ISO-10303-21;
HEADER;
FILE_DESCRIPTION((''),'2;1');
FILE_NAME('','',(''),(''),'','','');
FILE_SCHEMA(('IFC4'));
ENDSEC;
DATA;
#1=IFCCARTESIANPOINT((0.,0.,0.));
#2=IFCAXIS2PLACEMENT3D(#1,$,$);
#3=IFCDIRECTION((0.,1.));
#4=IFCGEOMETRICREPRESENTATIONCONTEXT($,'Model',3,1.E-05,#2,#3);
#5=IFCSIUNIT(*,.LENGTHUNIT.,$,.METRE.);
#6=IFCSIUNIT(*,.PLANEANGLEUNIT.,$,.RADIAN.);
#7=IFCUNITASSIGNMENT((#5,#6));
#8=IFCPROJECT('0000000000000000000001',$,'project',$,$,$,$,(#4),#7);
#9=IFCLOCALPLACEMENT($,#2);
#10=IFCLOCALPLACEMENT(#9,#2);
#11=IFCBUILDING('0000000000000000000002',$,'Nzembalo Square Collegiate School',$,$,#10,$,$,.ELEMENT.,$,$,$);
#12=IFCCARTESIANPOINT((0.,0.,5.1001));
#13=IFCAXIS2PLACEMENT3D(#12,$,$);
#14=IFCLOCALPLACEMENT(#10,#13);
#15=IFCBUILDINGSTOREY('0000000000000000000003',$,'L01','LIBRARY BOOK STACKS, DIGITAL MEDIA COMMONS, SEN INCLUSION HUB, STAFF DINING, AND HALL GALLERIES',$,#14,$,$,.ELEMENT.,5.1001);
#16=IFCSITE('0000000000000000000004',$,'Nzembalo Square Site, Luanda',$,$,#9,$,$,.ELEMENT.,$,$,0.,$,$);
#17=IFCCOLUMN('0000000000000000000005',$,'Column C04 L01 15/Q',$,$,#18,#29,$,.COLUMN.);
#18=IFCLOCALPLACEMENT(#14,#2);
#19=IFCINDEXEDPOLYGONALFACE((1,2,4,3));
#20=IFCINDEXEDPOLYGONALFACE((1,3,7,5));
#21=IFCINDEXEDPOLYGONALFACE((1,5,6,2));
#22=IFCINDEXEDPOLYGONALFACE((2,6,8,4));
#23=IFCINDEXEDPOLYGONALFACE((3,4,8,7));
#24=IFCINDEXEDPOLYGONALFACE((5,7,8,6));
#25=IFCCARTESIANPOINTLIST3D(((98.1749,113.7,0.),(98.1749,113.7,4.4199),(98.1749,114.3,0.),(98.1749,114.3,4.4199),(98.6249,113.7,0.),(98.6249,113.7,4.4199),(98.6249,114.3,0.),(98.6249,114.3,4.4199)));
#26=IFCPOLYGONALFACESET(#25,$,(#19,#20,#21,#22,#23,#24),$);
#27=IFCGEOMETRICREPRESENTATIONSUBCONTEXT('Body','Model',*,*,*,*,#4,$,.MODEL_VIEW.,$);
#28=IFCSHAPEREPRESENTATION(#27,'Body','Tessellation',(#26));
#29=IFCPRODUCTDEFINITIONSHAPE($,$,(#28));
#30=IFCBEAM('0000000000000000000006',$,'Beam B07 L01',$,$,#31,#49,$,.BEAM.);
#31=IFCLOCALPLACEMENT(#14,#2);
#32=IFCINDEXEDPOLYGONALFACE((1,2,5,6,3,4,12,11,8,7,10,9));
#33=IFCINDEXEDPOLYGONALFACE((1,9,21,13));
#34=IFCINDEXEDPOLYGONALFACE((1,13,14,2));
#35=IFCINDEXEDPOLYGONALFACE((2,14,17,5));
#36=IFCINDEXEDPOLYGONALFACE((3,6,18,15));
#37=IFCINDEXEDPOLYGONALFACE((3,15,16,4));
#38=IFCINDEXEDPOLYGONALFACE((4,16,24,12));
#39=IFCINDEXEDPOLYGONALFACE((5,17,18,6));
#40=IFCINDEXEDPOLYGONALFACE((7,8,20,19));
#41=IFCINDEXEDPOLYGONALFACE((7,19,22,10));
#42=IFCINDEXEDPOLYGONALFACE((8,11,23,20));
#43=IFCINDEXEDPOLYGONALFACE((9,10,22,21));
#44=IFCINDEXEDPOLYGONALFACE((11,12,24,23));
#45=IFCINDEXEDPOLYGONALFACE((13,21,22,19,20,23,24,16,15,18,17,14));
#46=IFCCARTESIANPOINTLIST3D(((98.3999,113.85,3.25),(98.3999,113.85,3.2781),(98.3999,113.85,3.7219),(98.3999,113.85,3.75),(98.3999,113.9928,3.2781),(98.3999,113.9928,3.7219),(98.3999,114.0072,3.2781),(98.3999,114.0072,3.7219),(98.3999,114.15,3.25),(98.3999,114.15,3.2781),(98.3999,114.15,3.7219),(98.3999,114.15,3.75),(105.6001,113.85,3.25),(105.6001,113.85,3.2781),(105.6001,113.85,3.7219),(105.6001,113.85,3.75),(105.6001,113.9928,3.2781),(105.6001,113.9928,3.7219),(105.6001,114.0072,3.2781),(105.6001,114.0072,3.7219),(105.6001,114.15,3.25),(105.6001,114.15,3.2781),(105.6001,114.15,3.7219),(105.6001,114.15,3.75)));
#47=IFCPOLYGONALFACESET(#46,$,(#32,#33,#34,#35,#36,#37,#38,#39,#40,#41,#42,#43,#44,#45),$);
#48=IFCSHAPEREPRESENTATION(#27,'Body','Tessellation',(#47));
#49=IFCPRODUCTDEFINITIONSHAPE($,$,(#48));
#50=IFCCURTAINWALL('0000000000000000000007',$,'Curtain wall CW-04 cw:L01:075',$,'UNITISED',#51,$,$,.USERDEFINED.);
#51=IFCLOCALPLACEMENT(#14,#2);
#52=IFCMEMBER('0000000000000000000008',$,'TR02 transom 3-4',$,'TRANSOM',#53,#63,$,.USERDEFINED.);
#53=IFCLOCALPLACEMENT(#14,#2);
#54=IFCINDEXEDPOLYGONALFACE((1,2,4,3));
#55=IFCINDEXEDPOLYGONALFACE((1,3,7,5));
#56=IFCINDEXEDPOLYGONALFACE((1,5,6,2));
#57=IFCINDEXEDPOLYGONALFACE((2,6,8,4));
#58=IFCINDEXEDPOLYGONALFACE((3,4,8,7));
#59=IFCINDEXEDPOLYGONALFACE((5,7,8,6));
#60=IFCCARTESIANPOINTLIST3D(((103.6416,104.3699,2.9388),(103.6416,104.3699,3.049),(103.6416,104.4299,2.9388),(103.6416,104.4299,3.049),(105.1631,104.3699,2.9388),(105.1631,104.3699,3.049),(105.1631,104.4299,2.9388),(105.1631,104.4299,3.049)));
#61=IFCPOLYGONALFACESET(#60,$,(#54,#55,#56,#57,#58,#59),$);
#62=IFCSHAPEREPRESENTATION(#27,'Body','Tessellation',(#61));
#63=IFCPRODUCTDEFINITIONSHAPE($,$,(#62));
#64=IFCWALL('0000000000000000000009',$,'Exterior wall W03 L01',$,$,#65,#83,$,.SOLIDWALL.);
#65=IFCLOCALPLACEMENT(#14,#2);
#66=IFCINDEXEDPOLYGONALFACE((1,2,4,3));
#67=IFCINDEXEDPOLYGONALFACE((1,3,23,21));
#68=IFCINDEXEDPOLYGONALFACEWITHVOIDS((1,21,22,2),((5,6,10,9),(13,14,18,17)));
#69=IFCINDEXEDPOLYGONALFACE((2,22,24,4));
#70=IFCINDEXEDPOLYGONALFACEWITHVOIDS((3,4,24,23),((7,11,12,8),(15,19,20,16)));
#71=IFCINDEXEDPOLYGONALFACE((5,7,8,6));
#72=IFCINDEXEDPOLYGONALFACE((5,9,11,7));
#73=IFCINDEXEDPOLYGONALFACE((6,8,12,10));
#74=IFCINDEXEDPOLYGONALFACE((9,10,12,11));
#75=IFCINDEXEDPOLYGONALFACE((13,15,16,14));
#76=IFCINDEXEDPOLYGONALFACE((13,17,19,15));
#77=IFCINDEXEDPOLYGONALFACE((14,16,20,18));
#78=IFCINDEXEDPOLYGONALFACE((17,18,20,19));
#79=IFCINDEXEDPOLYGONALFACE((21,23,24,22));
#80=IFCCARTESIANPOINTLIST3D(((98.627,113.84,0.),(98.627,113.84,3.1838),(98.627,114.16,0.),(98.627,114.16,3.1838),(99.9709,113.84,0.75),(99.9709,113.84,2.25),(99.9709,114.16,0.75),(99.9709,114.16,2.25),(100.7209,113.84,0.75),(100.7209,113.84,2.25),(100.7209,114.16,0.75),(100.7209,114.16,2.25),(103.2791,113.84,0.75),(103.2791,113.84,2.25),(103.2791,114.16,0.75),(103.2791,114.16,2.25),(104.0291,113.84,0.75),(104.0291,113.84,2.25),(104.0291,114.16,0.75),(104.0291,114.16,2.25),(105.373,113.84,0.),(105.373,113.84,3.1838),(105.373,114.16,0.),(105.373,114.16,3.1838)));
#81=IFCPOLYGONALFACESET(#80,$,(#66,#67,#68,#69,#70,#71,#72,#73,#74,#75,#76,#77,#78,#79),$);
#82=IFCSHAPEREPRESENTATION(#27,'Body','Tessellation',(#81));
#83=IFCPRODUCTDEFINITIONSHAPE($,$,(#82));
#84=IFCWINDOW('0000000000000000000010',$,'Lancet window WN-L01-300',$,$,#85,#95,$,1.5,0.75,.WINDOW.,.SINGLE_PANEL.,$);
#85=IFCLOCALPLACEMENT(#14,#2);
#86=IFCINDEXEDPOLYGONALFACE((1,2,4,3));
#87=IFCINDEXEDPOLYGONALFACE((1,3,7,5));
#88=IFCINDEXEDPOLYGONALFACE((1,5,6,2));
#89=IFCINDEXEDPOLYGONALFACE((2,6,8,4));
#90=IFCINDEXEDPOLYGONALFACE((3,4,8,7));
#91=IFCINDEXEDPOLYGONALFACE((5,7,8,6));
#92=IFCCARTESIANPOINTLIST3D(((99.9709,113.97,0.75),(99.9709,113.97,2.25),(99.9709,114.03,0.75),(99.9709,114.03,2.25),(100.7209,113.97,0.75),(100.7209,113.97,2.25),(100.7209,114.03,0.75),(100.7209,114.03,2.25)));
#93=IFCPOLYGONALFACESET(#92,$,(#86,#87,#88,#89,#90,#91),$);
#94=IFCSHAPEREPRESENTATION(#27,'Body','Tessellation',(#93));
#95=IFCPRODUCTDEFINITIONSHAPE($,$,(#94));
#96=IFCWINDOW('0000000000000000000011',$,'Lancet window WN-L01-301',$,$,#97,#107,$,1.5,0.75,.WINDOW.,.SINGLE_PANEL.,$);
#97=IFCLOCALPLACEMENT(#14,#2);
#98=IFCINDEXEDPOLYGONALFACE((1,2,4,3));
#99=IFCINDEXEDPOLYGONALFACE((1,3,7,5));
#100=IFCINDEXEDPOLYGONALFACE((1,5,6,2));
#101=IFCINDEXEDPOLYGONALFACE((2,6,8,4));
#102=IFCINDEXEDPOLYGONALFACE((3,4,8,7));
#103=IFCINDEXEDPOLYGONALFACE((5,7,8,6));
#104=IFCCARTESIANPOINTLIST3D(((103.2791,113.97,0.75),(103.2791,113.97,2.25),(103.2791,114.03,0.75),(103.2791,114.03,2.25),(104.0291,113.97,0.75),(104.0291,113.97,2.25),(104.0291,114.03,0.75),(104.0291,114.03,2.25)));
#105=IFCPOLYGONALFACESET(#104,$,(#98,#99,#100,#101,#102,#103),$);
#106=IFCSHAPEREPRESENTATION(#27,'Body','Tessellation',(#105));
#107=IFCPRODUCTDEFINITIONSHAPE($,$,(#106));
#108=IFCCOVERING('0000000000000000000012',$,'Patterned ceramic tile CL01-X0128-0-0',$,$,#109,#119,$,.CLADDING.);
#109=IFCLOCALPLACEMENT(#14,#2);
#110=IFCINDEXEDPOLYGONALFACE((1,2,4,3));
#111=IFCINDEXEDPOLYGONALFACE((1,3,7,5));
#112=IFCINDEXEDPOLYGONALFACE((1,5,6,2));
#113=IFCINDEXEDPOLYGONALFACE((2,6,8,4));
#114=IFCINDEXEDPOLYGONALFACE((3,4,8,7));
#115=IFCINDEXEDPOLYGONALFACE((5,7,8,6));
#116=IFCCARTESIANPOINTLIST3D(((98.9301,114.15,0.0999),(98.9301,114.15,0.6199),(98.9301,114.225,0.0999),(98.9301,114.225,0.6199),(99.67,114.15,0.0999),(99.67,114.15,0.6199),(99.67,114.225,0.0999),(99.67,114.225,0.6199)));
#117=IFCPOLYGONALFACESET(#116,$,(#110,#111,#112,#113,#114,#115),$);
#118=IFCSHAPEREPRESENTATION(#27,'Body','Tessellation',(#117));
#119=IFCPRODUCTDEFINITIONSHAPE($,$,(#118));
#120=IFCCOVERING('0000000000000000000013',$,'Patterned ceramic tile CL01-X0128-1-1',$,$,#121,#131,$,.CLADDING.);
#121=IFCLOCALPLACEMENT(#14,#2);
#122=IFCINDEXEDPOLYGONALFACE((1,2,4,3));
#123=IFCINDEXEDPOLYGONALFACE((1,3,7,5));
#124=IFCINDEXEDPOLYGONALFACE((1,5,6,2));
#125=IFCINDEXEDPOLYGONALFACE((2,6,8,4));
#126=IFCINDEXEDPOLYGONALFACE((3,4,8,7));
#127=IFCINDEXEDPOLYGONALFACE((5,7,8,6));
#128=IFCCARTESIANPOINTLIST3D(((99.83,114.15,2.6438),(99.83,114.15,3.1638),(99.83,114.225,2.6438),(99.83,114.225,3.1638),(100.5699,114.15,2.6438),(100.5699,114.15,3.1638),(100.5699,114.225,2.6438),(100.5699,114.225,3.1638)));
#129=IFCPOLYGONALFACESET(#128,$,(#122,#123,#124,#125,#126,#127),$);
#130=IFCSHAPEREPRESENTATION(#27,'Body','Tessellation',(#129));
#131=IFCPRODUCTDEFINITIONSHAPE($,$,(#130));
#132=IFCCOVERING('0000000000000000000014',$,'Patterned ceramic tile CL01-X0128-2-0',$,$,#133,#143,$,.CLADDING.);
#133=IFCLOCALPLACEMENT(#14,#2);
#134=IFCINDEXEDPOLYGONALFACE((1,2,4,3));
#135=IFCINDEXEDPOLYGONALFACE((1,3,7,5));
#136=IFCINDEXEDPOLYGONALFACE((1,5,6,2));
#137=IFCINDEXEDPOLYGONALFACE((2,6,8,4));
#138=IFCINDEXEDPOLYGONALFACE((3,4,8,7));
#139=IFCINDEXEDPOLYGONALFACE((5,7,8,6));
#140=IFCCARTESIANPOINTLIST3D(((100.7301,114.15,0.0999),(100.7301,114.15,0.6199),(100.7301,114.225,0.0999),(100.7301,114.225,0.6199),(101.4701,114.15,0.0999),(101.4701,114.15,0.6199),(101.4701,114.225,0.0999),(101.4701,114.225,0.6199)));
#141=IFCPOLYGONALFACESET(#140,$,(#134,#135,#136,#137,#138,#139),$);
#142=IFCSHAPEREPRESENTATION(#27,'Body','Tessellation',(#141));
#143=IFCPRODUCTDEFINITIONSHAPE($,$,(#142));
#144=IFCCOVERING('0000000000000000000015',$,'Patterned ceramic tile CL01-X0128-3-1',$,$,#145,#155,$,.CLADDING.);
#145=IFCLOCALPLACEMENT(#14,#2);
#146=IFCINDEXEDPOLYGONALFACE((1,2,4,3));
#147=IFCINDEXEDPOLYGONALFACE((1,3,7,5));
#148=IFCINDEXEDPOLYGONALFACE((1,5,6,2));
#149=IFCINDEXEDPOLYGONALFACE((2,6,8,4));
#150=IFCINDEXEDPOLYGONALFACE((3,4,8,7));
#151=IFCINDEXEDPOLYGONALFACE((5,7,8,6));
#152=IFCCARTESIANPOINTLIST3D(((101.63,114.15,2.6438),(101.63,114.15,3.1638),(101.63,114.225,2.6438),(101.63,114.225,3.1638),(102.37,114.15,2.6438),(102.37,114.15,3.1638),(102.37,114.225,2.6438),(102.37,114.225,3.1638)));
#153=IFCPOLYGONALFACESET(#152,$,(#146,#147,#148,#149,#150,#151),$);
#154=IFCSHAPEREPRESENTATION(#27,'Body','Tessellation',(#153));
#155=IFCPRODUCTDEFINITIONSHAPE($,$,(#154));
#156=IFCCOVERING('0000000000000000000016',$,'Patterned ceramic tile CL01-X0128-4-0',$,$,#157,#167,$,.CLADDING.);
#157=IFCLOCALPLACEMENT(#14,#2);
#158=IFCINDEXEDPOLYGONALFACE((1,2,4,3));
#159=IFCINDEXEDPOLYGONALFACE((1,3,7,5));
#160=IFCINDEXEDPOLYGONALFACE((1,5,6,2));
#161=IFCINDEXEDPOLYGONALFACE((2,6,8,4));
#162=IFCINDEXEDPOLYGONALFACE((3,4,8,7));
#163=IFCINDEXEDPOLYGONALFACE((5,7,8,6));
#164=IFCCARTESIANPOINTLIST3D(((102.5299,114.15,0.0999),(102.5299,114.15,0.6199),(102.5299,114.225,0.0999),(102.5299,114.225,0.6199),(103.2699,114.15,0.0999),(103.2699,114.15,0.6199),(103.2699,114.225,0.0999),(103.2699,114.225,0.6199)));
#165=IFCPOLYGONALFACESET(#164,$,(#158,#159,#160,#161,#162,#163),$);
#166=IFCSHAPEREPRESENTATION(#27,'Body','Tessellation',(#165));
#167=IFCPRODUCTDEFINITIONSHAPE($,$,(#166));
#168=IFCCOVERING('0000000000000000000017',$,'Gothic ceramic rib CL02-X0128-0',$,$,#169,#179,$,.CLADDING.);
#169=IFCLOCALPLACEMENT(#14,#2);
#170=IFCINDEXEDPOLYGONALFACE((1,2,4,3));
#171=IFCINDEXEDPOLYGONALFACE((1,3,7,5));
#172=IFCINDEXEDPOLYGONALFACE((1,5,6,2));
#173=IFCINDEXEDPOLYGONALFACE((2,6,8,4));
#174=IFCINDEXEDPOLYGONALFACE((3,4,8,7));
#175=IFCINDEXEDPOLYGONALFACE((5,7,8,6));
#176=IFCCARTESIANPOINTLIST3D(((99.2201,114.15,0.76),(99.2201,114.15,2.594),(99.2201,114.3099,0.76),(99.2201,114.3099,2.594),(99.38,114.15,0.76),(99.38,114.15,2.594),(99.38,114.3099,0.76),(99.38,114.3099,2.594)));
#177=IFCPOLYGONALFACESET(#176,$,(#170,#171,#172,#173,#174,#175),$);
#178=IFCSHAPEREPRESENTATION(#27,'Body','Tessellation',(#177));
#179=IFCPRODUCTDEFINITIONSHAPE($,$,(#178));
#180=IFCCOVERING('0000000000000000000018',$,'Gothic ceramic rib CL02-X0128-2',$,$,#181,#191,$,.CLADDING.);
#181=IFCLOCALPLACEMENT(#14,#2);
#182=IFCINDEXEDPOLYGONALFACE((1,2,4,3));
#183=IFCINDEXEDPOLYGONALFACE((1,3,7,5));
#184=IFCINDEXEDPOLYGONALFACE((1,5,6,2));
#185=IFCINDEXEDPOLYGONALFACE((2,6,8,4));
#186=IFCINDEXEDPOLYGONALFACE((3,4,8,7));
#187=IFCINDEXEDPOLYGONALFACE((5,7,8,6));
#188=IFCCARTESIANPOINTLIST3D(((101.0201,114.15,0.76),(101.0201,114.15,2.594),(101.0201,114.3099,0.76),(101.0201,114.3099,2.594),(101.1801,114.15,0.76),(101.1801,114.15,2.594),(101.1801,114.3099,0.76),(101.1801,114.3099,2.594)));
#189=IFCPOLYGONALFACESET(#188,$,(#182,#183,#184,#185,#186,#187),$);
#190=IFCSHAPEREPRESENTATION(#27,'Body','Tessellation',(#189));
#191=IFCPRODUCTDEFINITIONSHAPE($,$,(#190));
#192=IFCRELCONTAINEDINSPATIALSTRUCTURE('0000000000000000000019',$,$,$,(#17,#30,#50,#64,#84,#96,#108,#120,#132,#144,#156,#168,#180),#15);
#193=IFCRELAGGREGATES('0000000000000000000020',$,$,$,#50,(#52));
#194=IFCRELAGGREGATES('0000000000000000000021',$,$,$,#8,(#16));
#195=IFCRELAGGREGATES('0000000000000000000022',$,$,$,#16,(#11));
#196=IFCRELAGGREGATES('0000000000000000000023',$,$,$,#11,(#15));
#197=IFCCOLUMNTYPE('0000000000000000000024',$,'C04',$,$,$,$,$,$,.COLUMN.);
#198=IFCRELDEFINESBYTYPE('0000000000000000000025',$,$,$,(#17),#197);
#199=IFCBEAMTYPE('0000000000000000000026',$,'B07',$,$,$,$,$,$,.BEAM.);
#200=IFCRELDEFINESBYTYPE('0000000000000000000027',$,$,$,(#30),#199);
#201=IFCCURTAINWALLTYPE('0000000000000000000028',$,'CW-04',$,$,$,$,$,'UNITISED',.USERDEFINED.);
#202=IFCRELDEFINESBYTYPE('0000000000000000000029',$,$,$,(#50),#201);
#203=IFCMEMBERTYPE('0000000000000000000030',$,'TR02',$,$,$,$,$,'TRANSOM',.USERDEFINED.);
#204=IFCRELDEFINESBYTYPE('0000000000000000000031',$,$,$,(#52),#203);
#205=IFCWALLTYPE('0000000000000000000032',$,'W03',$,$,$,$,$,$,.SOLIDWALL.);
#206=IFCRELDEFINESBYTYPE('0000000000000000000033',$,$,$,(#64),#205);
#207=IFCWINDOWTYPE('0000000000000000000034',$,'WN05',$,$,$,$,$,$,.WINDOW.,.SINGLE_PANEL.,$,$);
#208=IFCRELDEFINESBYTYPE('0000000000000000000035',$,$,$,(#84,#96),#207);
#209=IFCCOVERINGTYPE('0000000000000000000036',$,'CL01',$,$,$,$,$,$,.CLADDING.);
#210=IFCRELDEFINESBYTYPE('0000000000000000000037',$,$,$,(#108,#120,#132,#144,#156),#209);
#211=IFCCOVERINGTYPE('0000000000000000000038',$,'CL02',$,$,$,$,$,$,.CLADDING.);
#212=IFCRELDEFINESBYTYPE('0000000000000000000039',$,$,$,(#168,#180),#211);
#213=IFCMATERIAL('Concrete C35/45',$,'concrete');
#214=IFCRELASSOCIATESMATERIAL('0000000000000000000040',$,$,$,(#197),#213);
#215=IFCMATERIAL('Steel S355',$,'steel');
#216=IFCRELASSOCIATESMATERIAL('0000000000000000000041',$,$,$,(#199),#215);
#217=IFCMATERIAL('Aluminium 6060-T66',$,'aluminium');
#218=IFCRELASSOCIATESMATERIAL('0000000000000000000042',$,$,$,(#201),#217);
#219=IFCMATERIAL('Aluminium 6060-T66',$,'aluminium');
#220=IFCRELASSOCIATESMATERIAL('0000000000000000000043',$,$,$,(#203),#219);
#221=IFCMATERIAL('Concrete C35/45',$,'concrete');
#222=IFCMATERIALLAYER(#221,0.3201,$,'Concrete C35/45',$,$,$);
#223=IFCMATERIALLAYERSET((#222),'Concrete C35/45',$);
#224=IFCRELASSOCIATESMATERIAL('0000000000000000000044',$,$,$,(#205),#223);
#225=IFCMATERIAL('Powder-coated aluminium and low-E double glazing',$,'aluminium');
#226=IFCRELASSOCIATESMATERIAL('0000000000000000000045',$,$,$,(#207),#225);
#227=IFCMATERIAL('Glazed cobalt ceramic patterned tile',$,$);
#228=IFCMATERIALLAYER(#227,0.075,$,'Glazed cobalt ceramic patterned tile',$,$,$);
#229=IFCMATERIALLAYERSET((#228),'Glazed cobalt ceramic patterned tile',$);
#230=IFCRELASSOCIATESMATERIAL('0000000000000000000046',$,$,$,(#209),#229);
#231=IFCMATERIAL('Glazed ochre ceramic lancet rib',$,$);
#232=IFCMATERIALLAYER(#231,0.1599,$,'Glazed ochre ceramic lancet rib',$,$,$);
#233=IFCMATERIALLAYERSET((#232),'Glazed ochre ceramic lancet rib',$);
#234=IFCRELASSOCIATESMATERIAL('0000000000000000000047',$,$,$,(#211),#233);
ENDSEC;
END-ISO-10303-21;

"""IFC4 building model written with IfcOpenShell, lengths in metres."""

from ifc_helpers import new_model, si_unit, direction, frame, frame_2d, origin, origin_2d, place, context, subcontext, project, spatial, rectangle, i_section, extrude, material, layer, layer_set, material_profile, profile_set, type_object, element, fill, aggregate, save


model = new_model("IFC4")

# Units and contexts
model_context = context("Model", 3, precision=1e-05, world=origin(), true_north=direction((0.0, 1.0)))
body_context = subcontext(model_context, "Body", "Model", "MODEL_VIEW")
ifc_project = project(units=[si_unit("LENGTHUNIT", "METRE"), si_unit("PLANEANGLEUNIT", "RADIAN")], contexts=[model_context])

# Site, building, storey
site_placement = place(None, origin())
site = spatial("IfcSite", under=ifc_project, at=site_placement, Name="Nzembalo Square Site, Luanda", CompositionType="ELEMENT", RefElevation=0.0)
building_placement = place(site_placement, origin())
building = spatial("IfcBuilding", under=site, at=building_placement, Name="Nzembalo Square Collegiate School", CompositionType="ELEMENT")
storey_placement = place(building_placement, frame((0.0, 0.0, 5.1001)))
storey = spatial("IfcBuildingStorey", under=building, at=storey_placement, Name="L01", Description="LIBRARY BOOK STACKS, DIGITAL MEDIA COMMONS, SEN INCLUSION HUB, STAFF DINING, AND HALL GALLERIES", CompositionType="ELEMENT", Elevation=5.1001)

# Column
ifc_material_1 = material(Name="Concrete C35/45", Category="concrete")
ifc_material_profile_1 = material_profile(ifc_material_1, rectangle(XDim=0.45, YDim=0.6001, at=origin_2d()), Name="RC 450x600")
ifc_profile_set_1 = profile_set([ifc_material_profile_1], Name="Concrete C35/45")
column_type = type_object("IfcColumnType", Name="C04", PredefinedType="COLUMN", material=ifc_profile_set_1)
column_placement = place(storey_placement, frame((98.3999, 114.0, 0.0), z_axis=(0.0, 0.0, 1.0), x_axis=(1.0, 0.0, 0.0)))
element("IfcColumn", 1, at=column_placement, inside=storey, type_object=column_type, Name="Column C04 L01 15/Q", PredefinedType="COLUMN", context=body_context, shape_type="SweptSolid", body=[
    extrude(rectangle(XDim=0.45, YDim=0.6001, at=origin_2d()), origin(), (0.0, 0.0, 1.0), 4.4199),
])

# Beam
ifc_material_2 = material(Name="Steel S355", Category="steel")
ifc_material_profile_2 = material_profile(ifc_material_2, i_section(OverallWidth=0.3, OverallDepth=0.5, WebThickness=0.0144, FlangeThickness=0.0281, at=origin_2d()), Name="HEB 500")
ifc_profile_set_2 = profile_set([ifc_material_profile_2], Name="Steel S355")
beam_type = type_object("IfcBeamType", Name="B07", PredefinedType="BEAM", material=ifc_profile_set_2)
beam_placement = place(storey_placement, frame((98.3999, 114.0, 3.5), z_axis=(1.0, 0.0, 0.0), x_axis=(0.0, 1.0, 0.0)))
element("IfcBeam", 2, at=beam_placement, inside=storey, type_object=beam_type, Name="Beam B07 L01", PredefinedType="BEAM", context=body_context, shape_type="SweptSolid", body=[
    extrude(i_section(OverallWidth=0.3, OverallDepth=0.5, WebThickness=0.0144, FlangeThickness=0.0281, at=origin_2d()), origin(), (0.0, 0.0, 1.0), 7.2002),
])

# Curtain wall, member
ifc_material_3 = material(Name="Aluminium 6060-T66", Category="aluminium")
curtain_wall_type = type_object("IfcCurtainWallType", Name="CW-04", ElementType="UNITISED", PredefinedType="USERDEFINED", material=ifc_material_3)
curtain_wall_placement = place(storey_placement, origin())
curtain_wall = element("IfcCurtainWall", 3, at=curtain_wall_placement, inside=storey, type_object=curtain_wall_type, Name="Curtain wall CW-04 cw:L01:075", ObjectType="UNITISED", PredefinedType="USERDEFINED")
ifc_material_4 = material(Name="Aluminium 6060-T66", Category="aluminium")
ifc_material_profile_3 = material_profile(ifc_material_4, rectangle(XDim=0.0601, YDim=0.1101, at=origin_2d()), Name="ALU T60x110")
ifc_profile_set_3 = profile_set([ifc_material_profile_3], Name="Aluminium 6060-T66")
member_type = type_object("IfcMemberType", Name="TR02", ElementType="TRANSOM", PredefinedType="USERDEFINED", material=ifc_profile_set_3)
member_placement = place(storey_placement, frame((103.6416, 104.3999, 2.9939), z_axis=(1.0, 0.0, 0.0), x_axis=(0.0, 1.0, 0.0)))
member = element("IfcMember", 4, at=member_placement, type_object=member_type, Name="TR02 transom 3-4", ObjectType="TRANSOM", PredefinedType="USERDEFINED", context=body_context, shape_type="SweptSolid", body=[
    extrude(rectangle(XDim=0.0601, YDim=0.1101, at=origin_2d()), origin(), (0.0, 0.0, 1.0), 1.5215),
])
aggregate(curtain_wall, [member])

# Wall, openings, windows
ifc_material_5 = material(Name="Concrete C35/45", Category="concrete")
ifc_layer_1 = layer(ifc_material_5, 0.3201, Name="Concrete C35/45")
ifc_layer_set_1 = layer_set([ifc_layer_1], Name="Concrete C35/45")
wall_type = type_object("IfcWallType", Name="W03", PredefinedType="SOLIDWALL", material=ifc_layer_set_1)
wall_placement = place(storey_placement, frame((98.627, 114.0, 0.0), z_axis=(0.0, 0.0, 1.0), x_axis=(1.0, 0.0, 0.0)))
wall = element("IfcWall", 5, at=wall_placement, inside=storey, type_object=wall_type, Name="Exterior wall W03 L01", PredefinedType="SOLIDWALL", context=body_context, shape_type="SweptSolid", body=[
    extrude(rectangle(XDim=6.7461, YDim=0.3201, at=frame_2d((3.373, 0.0))), origin(), (0.0, 0.0, 1.0), 3.1838),
])
opening_1_placement = place(wall_placement, frame((1.344, 0.0, 0.75)))
opening_1 = element("IfcOpeningElement", 6, at=opening_1_placement, cuts=wall, PredefinedType="OPENING", context=body_context, shape_type="SweptSolid", body=[
    extrude(rectangle(XDim=0.75, YDim=1.5, at=frame_2d((0.375, 0.75))), frame((0.0, 0.1699, 0.0), z_axis=(0.0, -1.0, 0.0), x_axis=(1.0, 0.0, 0.0)), (0.0, 0.0, 1.0), 0.3401),
])
opening_2_placement = place(wall_placement, frame((4.6521, 0.0, 0.75)))
opening_2 = element("IfcOpeningElement", 7, at=opening_2_placement, cuts=wall, PredefinedType="OPENING", context=body_context, shape_type="SweptSolid", body=[
    extrude(rectangle(XDim=0.75, YDim=1.5, at=frame_2d((0.375, 0.75))), frame((0.0, 0.1699, 0.0), z_axis=(0.0, -1.0, 0.0), x_axis=(1.0, 0.0, 0.0)), (0.0, 0.0, 1.0), 0.3401),
])
ifc_material_6 = material(Name="Powder-coated aluminium and low-E double glazing", Category="aluminium")
window_type = type_object("IfcWindowType", Name="WN05", PartitioningType="SINGLE_PANEL", PredefinedType="WINDOW", material=ifc_material_6)
window_1_placement = place(opening_1_placement, origin())
window_1 = element("IfcWindow", 8, at=window_1_placement, inside=storey, type_object=window_type, Name="Lancet window WN-L01-300", OverallHeight=1.5, OverallWidth=0.75, PartitioningType="SINGLE_PANEL", PredefinedType="WINDOW", context=body_context, shape_type="SweptSolid", body=[
    extrude(rectangle(XDim=0.75, YDim=1.5, at=frame_2d((0.375, 0.75))), frame((0.0, 0.03, 0.0), z_axis=(0.0, -1.0, 0.0), x_axis=(1.0, 0.0, 0.0)), (0.0, 0.0, 1.0), 0.0601),
])
fill(opening_1, window_1)
window_2_placement = place(opening_2_placement, origin())
window_2 = element("IfcWindow", 9, at=window_2_placement, inside=storey, type_object=window_type, Name="Lancet window WN-L01-301", OverallHeight=1.5, OverallWidth=0.75, PartitioningType="SINGLE_PANEL", PredefinedType="WINDOW", context=body_context, shape_type="SweptSolid", body=[
    extrude(rectangle(XDim=0.75, YDim=1.5, at=frame_2d((0.375, 0.75))), frame((0.0, 0.03, 0.0), z_axis=(0.0, -1.0, 0.0), x_axis=(1.0, 0.0, 0.0)), (0.0, 0.0, 1.0), 0.0601),
])
fill(opening_2, window_2)

# Coverings
ifc_material_7 = material(Name="Glazed cobalt ceramic patterned tile")
ifc_layer_2 = layer(ifc_material_7, 0.075, Name="Glazed cobalt ceramic patterned tile")
ifc_layer_set_2 = layer_set([ifc_layer_2], Name="Glazed cobalt ceramic patterned tile")
covering_type_1 = type_object("IfcCoveringType", Name="CL01", PredefinedType="CLADDING", material=ifc_layer_set_2)
for number, where, z_axis, x_axis, name in (
    (10, (99.3, 114.1875, 0.0999), (0.0, 0.0, 1.0), (1.0, 0.0, 0.0), "Patterned ceramic tile CL01-X0128-0-0"),
    (11, (100.2, 114.1875, 2.6438), (0.0, 0.0, 1.0), (1.0, 0.0, 0.0), "Patterned ceramic tile CL01-X0128-1-1"),
    (12, (101.1001, 114.1875, 0.0999), (0.0, 0.0, 1.0), (1.0, 0.0, 0.0), "Patterned ceramic tile CL01-X0128-2-0"),
    (13, (102.0, 114.1875, 2.6438), (0.0, 0.0, 1.0), (1.0, 0.0, 0.0), "Patterned ceramic tile CL01-X0128-3-1"),
    (14, (102.8999, 114.1875, 0.0999), (0.0, 0.0, 1.0), (1.0, 0.0, 0.0), "Patterned ceramic tile CL01-X0128-4-0"),
):
    element("IfcCovering", number, at=place(storey_placement, frame(where, z_axis=z_axis, x_axis=x_axis)), inside=storey, type_object=covering_type_1, Name=name, PredefinedType="CLADDING", context=body_context, shape_type="SweptSolid", body=[
        extrude(rectangle(XDim=0.74, YDim=0.075, at=origin_2d()), origin(), (0.0, 0.0, 1.0), 0.52),
    ])
ifc_material_8 = material(Name="Glazed ochre ceramic lancet rib")
ifc_layer_3 = layer(ifc_material_8, 0.1599, Name="Glazed ochre ceramic lancet rib")
ifc_layer_set_3 = layer_set([ifc_layer_3], Name="Glazed ochre ceramic lancet rib")
covering_type_2 = type_object("IfcCoveringType", Name="CL02", PredefinedType="CLADDING", material=ifc_layer_set_3)
for number, where, z_axis, x_axis, name in (
    (15, (99.3, 114.23, 0.76), (0.0, 0.0, 1.0), (1.0, 0.0, 0.0), "Gothic ceramic rib CL02-X0128-0"),
    (16, (101.1001, 114.23, 0.76), (0.0, 0.0, 1.0), (1.0, 0.0, 0.0), "Gothic ceramic rib CL02-X0128-2"),
):
    element("IfcCovering", number, at=place(storey_placement, frame(where, z_axis=z_axis, x_axis=x_axis)), inside=storey, type_object=covering_type_2, Name=name, PredefinedType="CLADDING", context=body_context, shape_type="SweptSolid", body=[
        extrude(rectangle(XDim=0.1599, YDim=0.1599, at=origin_2d()), origin(), (0.0, 0.0, 1.0), 1.834),
    ])

save(model, "model.ifc")
